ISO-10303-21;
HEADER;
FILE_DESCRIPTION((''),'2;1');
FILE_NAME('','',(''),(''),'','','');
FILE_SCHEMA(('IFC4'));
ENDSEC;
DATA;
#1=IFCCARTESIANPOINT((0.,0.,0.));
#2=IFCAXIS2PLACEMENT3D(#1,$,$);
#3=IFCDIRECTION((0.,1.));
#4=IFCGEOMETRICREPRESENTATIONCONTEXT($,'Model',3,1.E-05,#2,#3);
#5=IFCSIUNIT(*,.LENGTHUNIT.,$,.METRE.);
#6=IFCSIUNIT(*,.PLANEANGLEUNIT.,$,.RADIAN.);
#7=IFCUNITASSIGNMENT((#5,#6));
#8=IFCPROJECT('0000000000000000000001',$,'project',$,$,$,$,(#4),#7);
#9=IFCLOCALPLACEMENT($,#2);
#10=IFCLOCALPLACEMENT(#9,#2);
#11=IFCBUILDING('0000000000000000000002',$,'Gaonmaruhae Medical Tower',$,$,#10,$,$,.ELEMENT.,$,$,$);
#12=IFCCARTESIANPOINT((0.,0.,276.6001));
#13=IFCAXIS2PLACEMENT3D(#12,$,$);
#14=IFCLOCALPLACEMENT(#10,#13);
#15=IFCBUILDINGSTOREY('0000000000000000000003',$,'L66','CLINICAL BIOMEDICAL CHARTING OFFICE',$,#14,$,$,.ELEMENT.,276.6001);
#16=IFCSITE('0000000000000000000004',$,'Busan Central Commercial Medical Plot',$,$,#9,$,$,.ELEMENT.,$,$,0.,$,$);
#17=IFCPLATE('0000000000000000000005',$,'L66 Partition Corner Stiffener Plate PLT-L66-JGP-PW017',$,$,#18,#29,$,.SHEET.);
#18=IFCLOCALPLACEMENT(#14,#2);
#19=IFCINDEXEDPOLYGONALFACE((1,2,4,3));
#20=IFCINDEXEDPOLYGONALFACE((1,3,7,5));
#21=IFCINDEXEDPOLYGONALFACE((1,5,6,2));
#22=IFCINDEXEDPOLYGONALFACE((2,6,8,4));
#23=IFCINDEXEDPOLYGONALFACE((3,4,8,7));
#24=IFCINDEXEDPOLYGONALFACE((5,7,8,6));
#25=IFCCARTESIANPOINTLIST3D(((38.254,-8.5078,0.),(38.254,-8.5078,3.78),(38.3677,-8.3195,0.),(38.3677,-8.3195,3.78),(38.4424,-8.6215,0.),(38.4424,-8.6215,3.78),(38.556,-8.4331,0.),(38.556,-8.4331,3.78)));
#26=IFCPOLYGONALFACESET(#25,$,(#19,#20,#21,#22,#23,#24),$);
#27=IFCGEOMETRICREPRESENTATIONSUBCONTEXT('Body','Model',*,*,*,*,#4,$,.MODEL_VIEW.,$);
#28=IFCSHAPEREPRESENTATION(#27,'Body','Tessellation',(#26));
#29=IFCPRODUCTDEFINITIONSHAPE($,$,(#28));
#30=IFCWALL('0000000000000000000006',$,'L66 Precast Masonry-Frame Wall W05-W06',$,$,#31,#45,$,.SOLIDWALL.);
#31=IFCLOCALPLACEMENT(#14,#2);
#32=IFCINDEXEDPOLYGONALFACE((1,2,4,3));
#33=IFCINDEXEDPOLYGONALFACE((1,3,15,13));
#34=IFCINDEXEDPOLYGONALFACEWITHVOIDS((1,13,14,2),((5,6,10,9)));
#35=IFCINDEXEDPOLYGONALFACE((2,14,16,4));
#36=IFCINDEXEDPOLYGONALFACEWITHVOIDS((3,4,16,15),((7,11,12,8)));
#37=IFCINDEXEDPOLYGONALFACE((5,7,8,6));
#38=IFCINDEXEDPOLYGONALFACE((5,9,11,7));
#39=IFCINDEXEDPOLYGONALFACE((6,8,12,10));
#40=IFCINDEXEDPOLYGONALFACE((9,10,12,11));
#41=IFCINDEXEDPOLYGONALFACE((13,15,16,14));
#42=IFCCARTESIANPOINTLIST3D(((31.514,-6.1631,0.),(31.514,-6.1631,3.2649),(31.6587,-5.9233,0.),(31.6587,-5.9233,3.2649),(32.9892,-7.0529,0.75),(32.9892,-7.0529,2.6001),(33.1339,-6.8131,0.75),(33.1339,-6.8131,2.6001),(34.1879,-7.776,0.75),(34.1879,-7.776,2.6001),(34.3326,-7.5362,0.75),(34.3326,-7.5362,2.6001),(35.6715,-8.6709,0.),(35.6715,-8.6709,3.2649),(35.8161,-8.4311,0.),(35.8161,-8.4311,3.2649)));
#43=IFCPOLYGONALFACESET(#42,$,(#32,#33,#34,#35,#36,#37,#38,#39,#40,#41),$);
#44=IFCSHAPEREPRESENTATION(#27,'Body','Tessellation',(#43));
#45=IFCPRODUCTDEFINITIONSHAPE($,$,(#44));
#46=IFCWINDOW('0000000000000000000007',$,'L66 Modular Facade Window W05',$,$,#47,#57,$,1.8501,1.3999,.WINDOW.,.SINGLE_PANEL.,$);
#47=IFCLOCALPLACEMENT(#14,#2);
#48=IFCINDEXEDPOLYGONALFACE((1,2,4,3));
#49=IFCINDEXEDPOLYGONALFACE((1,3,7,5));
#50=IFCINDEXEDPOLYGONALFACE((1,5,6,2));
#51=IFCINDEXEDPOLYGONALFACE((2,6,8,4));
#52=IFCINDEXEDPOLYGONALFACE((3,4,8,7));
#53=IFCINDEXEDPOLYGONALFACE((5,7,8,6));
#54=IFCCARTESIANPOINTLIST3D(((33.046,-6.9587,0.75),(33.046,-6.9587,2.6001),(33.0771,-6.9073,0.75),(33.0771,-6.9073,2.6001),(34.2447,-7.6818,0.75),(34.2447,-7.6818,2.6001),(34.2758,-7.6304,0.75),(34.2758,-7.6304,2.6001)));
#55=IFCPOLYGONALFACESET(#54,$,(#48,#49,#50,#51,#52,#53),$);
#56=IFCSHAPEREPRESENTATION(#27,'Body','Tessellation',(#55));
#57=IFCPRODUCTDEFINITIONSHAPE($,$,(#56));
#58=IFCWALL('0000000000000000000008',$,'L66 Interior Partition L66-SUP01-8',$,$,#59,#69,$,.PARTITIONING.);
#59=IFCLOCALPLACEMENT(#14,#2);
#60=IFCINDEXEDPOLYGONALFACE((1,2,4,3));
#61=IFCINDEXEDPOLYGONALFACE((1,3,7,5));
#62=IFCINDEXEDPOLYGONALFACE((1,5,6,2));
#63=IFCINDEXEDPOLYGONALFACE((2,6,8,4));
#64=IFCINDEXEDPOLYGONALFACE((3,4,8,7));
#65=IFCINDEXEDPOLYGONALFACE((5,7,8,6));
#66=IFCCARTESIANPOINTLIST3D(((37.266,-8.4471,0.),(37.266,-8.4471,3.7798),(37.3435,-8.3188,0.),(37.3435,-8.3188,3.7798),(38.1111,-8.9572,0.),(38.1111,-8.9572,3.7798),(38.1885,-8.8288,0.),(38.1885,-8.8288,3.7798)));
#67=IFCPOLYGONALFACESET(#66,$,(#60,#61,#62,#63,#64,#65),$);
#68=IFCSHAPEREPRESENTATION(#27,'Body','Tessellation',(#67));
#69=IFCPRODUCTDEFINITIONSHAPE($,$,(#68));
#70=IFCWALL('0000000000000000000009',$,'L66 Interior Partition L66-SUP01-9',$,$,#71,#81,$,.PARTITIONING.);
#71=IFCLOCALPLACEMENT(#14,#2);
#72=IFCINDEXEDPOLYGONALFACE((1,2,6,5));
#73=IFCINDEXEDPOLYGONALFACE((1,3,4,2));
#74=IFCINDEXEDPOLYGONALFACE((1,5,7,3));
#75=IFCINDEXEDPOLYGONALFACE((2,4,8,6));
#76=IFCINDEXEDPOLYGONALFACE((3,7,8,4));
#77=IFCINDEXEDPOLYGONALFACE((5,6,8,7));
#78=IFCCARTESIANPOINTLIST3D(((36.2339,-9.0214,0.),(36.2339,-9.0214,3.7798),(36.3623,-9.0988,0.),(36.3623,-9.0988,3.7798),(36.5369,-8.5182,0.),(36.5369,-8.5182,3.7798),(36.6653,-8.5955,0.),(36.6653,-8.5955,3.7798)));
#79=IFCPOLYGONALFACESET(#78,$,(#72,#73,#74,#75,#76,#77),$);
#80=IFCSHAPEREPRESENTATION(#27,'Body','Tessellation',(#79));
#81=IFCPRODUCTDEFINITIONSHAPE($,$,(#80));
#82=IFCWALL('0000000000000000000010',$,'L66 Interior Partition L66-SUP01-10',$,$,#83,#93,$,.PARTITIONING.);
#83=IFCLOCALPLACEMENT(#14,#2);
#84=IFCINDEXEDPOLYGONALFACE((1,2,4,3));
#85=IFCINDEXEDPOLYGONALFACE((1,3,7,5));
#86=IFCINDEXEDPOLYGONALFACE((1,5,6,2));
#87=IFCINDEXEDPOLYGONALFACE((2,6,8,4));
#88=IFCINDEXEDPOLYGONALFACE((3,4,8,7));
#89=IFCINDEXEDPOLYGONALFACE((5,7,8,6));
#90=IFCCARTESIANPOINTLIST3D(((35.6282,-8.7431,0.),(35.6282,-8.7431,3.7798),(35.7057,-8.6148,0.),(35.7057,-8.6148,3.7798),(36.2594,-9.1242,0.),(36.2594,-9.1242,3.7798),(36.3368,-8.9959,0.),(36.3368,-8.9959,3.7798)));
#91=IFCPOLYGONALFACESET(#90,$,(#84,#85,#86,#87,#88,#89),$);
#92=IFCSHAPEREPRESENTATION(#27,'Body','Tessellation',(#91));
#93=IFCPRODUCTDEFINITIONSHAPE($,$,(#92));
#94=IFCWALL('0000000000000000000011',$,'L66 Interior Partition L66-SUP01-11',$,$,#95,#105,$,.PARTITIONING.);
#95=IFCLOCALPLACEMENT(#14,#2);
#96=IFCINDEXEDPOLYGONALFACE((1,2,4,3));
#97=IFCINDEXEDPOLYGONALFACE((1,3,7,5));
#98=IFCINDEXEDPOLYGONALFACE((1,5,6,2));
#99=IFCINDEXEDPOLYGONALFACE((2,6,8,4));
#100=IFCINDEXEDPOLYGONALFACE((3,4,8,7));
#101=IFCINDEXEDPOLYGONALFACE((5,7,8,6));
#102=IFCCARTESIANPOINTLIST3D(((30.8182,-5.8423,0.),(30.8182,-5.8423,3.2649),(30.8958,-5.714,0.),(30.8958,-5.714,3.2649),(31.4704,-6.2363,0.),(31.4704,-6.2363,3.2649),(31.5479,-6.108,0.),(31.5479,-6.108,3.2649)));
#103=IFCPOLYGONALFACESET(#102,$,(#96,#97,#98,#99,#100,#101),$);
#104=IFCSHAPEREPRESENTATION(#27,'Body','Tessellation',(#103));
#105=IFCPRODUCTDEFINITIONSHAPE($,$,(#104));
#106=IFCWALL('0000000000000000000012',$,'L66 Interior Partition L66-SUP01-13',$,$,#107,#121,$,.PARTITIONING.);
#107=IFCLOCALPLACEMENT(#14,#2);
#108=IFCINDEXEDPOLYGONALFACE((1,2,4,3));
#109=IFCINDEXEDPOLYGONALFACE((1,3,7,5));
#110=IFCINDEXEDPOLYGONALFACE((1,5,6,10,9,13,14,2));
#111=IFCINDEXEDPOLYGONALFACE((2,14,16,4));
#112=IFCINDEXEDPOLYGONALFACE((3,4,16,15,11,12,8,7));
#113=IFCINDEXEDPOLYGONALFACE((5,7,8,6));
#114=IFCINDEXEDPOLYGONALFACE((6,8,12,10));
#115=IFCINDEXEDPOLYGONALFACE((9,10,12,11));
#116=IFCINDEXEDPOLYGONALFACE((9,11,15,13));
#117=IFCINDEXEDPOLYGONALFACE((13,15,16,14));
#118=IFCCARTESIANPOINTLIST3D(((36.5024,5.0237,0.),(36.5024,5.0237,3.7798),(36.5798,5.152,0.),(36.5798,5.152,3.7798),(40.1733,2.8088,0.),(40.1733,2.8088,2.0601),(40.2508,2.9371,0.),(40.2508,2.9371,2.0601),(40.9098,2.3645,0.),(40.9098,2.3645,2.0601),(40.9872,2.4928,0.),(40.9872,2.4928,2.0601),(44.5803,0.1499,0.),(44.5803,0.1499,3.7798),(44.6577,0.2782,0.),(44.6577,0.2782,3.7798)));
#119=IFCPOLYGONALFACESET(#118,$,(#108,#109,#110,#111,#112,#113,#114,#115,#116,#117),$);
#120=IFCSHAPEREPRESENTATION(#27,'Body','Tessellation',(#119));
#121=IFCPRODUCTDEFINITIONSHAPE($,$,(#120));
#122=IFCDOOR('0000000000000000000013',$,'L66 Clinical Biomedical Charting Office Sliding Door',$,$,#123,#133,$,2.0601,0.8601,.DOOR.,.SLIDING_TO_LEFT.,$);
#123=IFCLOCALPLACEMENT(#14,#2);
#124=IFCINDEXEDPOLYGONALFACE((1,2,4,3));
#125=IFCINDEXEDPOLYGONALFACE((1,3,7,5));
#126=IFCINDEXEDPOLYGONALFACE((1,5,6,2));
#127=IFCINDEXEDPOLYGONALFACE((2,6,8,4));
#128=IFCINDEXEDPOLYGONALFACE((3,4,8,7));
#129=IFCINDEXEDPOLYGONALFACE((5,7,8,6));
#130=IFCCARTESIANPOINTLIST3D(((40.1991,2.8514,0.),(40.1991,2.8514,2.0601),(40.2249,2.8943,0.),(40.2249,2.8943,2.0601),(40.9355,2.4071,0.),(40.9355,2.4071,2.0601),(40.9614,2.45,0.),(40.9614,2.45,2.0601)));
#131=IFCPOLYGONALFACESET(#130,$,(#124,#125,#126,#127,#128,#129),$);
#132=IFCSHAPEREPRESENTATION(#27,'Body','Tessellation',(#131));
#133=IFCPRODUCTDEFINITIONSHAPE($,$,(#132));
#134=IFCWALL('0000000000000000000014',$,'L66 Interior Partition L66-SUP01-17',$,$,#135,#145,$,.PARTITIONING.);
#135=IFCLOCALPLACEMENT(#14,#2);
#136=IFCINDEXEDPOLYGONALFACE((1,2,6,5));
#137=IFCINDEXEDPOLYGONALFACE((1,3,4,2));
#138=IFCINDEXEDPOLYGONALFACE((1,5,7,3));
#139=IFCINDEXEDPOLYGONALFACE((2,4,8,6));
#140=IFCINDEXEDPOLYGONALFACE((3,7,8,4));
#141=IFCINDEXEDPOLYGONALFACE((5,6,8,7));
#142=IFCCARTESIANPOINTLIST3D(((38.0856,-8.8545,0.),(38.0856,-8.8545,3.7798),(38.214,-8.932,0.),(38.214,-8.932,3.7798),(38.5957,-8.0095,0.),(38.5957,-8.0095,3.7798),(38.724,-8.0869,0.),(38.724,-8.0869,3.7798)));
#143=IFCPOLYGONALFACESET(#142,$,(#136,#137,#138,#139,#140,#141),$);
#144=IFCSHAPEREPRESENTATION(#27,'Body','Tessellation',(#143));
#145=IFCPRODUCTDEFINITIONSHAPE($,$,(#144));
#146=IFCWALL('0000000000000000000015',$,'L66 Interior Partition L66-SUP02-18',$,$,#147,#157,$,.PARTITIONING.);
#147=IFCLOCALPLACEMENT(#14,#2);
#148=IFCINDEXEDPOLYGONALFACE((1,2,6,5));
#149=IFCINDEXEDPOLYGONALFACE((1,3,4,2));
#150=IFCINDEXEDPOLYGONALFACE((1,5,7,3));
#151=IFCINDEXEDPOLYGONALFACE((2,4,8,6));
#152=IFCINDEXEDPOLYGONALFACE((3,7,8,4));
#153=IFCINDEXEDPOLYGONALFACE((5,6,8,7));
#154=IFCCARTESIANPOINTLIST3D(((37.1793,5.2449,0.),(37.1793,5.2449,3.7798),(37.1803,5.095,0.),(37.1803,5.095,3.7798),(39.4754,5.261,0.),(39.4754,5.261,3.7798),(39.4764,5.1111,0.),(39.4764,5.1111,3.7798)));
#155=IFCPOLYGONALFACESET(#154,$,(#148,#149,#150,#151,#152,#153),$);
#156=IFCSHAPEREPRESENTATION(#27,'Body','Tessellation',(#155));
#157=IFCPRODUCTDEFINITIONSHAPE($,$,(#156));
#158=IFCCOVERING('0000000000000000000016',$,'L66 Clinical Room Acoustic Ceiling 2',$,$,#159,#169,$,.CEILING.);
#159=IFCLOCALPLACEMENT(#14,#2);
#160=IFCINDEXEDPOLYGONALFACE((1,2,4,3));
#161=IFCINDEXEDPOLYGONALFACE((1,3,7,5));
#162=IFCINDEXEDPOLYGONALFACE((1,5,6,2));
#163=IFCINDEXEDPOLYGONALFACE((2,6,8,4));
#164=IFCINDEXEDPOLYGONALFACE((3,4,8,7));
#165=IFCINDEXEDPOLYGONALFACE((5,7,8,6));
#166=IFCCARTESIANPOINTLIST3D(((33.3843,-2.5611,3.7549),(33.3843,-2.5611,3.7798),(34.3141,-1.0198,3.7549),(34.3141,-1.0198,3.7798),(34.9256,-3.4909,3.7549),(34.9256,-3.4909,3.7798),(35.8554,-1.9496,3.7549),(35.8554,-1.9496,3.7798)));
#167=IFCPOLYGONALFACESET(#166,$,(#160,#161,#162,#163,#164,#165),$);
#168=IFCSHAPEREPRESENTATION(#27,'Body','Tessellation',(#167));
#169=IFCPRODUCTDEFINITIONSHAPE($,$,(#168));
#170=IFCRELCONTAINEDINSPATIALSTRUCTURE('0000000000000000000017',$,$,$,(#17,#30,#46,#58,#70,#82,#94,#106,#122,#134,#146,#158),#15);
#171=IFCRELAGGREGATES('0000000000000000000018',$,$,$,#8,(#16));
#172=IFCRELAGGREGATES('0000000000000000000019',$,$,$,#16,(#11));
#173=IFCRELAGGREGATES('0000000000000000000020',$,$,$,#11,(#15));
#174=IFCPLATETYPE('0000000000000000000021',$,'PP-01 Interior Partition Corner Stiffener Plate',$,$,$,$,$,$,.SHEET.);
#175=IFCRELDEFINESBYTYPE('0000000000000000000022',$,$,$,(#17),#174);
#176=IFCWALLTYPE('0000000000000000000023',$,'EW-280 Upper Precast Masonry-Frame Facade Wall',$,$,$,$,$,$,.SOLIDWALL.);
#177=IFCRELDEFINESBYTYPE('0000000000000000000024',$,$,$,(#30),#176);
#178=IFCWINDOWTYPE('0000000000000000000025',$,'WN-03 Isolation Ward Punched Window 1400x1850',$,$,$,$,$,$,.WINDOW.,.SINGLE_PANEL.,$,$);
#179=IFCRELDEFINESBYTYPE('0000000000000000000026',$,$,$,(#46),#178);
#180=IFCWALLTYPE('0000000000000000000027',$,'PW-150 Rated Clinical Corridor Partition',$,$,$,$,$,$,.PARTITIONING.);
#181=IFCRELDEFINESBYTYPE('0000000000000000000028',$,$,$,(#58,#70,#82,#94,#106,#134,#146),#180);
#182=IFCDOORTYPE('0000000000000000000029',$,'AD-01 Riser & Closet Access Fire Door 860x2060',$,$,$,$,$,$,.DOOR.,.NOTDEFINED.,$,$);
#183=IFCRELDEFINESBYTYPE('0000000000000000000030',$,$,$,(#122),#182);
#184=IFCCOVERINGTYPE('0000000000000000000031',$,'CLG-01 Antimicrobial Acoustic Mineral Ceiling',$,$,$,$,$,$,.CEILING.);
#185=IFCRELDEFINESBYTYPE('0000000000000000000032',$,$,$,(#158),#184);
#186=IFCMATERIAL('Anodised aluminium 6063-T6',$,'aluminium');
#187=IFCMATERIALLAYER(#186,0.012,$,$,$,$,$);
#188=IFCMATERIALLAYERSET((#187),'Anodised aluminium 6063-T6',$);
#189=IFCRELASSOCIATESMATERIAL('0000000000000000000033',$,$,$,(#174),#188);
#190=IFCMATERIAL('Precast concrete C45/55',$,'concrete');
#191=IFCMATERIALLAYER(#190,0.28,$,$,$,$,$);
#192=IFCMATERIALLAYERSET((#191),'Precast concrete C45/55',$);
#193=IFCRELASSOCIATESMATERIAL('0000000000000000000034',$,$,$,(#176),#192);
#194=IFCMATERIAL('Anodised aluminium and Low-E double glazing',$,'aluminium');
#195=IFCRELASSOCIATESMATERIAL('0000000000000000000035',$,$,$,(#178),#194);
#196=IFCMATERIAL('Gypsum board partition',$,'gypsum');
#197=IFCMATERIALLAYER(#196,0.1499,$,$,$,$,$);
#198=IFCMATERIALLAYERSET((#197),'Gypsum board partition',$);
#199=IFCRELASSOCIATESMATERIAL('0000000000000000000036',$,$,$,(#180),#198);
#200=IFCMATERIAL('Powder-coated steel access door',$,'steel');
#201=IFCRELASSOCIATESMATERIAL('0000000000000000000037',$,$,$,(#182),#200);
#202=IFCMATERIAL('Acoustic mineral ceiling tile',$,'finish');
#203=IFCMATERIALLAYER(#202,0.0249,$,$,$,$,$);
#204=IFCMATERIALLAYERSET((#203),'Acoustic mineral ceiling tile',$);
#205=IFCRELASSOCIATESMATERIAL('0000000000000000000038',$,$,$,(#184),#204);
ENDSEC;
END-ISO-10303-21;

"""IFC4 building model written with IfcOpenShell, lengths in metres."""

from ifc_helpers import new_model, si_unit, direction, frame, frame_2d, origin, origin_2d, place, context, subcontext, project, spatial, rectangle, extrude, material, layer, layer_set, type_object, element, fill, save


model = new_model("IFC4")

# Units and contexts
model_context = context("Model", 3, precision=1e-05, world=origin(), true_north=direction((0.0, 1.0)))
body_context = subcontext(model_context, "Body", "Model", "MODEL_VIEW")
ifc_project = project(units=[si_unit("LENGTHUNIT", "METRE"), si_unit("PLANEANGLEUNIT", "RADIAN")], contexts=[model_context])

# Site, building, storey
site_placement = place(None, origin())
site = spatial("IfcSite", under=ifc_project, at=site_placement, Name="Busan Central Commercial Medical Plot", CompositionType="ELEMENT", RefElevation=0.0)
building_placement = place(site_placement, origin())
building = spatial("IfcBuilding", under=site, at=building_placement, Name="Gaonmaruhae Medical Tower", CompositionType="ELEMENT")
storey_placement = place(building_placement, frame((0.0, 0.0, 276.6001)))
storey = spatial("IfcBuildingStorey", under=building, at=storey_placement, Name="L66", Description="CLINICAL BIOMEDICAL CHARTING OFFICE", CompositionType="ELEMENT", Elevation=276.6001)

# Plate
ifc_material_1 = material(Name="Anodised aluminium 6063-T6", Category="aluminium")
ifc_layer_1 = layer(ifc_material_1, 0.012)
ifc_layer_set_1 = layer_set([ifc_layer_1], Name="Anodised aluminium 6063-T6")
plate_type = type_object("IfcPlateType", Name="PP-01 Interior Partition Corner Stiffener Plate", PredefinedType="SHEET", material=ifc_layer_set_1)
for number, where, z_axis, x_axis, name in (
    (1, (38.405, -8.4705, 0.0), (0.0, 0.0, 1.0), (-0.516728, -0.85615, 0.0), "L66 Partition Corner Stiffener Plate PLT-L66-JGP-PW017"),
):
    element("IfcPlate", number, at=place(storey_placement, frame(where, z_axis=z_axis, x_axis=x_axis)), inside=storey, type_object=plate_type, Name=name, PredefinedType="SHEET", context=body_context, shape_type="SweptSolid", body=[
        extrude(rectangle(XDim=0.22, YDim=0.22, at=origin_2d()), origin(), (0.0, 0.0, 1.0), 3.78),
    ])

# Wall, opening, window
ifc_material_2 = material(Name="Precast concrete C45/55", Category="concrete")
ifc_layer_2 = layer(ifc_material_2, 0.28)
ifc_layer_set_2 = layer_set([ifc_layer_2], Name="Precast concrete C45/55")
wall_type_1 = type_object("IfcWallType", Name="EW-280 Upper Precast Masonry-Frame Facade Wall", PredefinedType="SOLIDWALL", material=ifc_layer_set_2)
wall_1_placement = place(storey_placement, frame((35.7439, -8.551, 0.0), z_axis=(0.0, 0.0, 1.0), x_axis=(-0.856279, 0.516513, 0.0)))
wall_1 = element("IfcWall", 2, at=wall_1_placement, inside=storey, type_object=wall_type_1, Name="L66 Precast Masonry-Frame Wall W05-W06", PredefinedType="SOLIDWALL", context=body_context, shape_type="SweptSolid", body=[
    extrude(rectangle(XDim=4.8552, YDim=0.28, at=frame_2d((2.4277, 0.0))), origin(), (0.0, 0.0, 1.0), 3.2649),
])
opening_1_placement = place(wall_1_placement, frame((1.7327, 0.0, 0.75)))
opening_1 = element("IfcOpeningElement", 3, at=opening_1_placement, cuts=wall_1, PredefinedType="OPENING", context=body_context, shape_type="SweptSolid", body=[
    extrude(rectangle(XDim=1.3999, YDim=1.8501, at=frame_2d((0.7, 0.925))), frame((0.0, 0.1499, 0.0), z_axis=(0.0, -1.0, 0.0), x_axis=(1.0, 0.0, 0.0)), (0.0, 0.0, 1.0), 0.3),
])
ifc_material_3 = material(Name="Anodised aluminium and Low-E double glazing", Category="aluminium")
window_type = type_object("IfcWindowType", Name="WN-03 Isolation Ward Punched Window 1400x1850", PartitioningType="SINGLE_PANEL", PredefinedType="WINDOW", material=ifc_material_3)
window_placement = place(opening_1_placement, origin())
window = element("IfcWindow", 4, at=window_placement, inside=storey, type_object=window_type, Name="L66 Modular Facade Window W05", OverallHeight=1.8501, OverallWidth=1.3999, PartitioningType="SINGLE_PANEL", PredefinedType="WINDOW", context=body_context, shape_type="SweptSolid", body=[
    extrude(rectangle(XDim=1.3999, YDim=1.8501, at=frame_2d((0.7, 0.925))), frame((0.0, 0.03, 0.0), z_axis=(0.0, -1.0, 0.0), x_axis=(1.0, 0.0, 0.0)), (0.0, 0.0, 1.0), 0.0601),
])
fill(opening_1, window)

# Walls
ifc_material_4 = material(Name="Gypsum board partition", Category="gypsum")
ifc_layer_3 = layer(ifc_material_4, 0.1499)
ifc_layer_set_3 = layer_set([ifc_layer_3], Name="Gypsum board partition")
wall_type_2 = type_object("IfcWallType", Name="PW-150 Rated Clinical Corridor Partition", PredefinedType="PARTITIONING", material=ifc_layer_set_3)
wall_2_placement = place(storey_placement, frame((38.1499, -8.8931, 0.0), z_axis=(0.0, 0.0, 1.0), x_axis=(-0.856137, 0.516749, 0.0)))
element("IfcWall", 5, at=wall_2_placement, inside=storey, type_object=wall_type_2, Name="L66 Interior Partition L66-SUP01-8", PredefinedType="PARTITIONING", context=body_context, shape_type="SweptSolid", body=[
    extrude(rectangle(XDim=0.9871, YDim=0.1499, at=frame_2d((0.4937, 0.0))), origin(), (0.0, 0.0, 1.0), 3.7798),
])
wall_3_placement = place(storey_placement, frame((36.6011, -8.5569, 0.0), z_axis=(0.0, 0.0, 1.0), x_axis=(-0.51584, -0.856685, 0.0)))
element("IfcWall", 6, at=wall_3_placement, inside=storey, type_object=wall_type_2, Name="L66 Interior Partition L66-SUP01-9", PredefinedType="PARTITIONING", context=body_context, shape_type="SweptSolid", body=[
    extrude(rectangle(XDim=0.5874, YDim=0.1499, at=frame_2d((0.2937, 0.0))), origin(), (0.0, 0.0, 1.0), 3.7798),
])
wall_4_placement = place(storey_placement, frame((36.2981, -9.0601, 0.0), z_axis=(0.0, 0.0, 1.0), x_axis=(-0.856029, 0.516929, 0.0)))
element("IfcWall", 7, at=wall_4_placement, inside=storey, type_object=wall_type_2, Name="L66 Interior Partition L66-SUP01-10", PredefinedType="PARTITIONING", context=body_context, shape_type="SweptSolid", body=[
    extrude(rectangle(XDim=0.7373, YDim=0.1499, at=frame_2d((0.3687, 0.0))), origin(), (0.0, 0.0, 1.0), 3.7798),
])
wall_5_placement = place(storey_placement, frame((31.509, -6.1721, 0.0), z_axis=(0.0, 0.0, 1.0), x_axis=(-0.855877, 0.517179, 0.0)))
element("IfcWall", 8, at=wall_5_placement, inside=storey, type_object=wall_type_2, Name="L66 Interior Partition L66-SUP01-11", PredefinedType="PARTITIONING", context=body_context, shape_type="SweptSolid", body=[
    extrude(rectangle(XDim=0.762, YDim=0.1499, at=frame_2d((0.3809, 0.0))), origin(), (0.0, 0.0, 1.0), 3.2649),
])

# Wall, opening, door
wall_6_placement = place(storey_placement, frame((36.541, 5.0879, 0.0), z_axis=(0.0, 0.0, 1.0), x_axis=(0.856225, -0.516602, 0.0)))
wall_6 = element("IfcWall", 9, at=wall_6_placement, inside=storey, type_object=wall_type_2, Name="L66 Interior Partition L66-SUP01-13", PredefinedType="PARTITIONING", context=body_context, shape_type="SweptSolid", body=[
    extrude(rectangle(XDim=9.4343, YDim=0.1499, at=frame_2d((4.7173, 0.0))), origin(), (0.0, 0.0, 1.0), 3.7798),
])
opening_2_placement = place(wall_6_placement, frame((4.2874, 0.0, 0.0)))
opening_2 = element("IfcOpeningElement", 10, at=opening_2_placement, cuts=wall_6, PredefinedType="OPENING", context=body_context, shape_type="SweptSolid", body=[
    extrude(rectangle(XDim=0.8601, YDim=2.0601, at=frame_2d((0.4302, 1.03))), frame((0.0, 0.085, 0.0), z_axis=(0.0, -1.0, 0.0), x_axis=(1.0, 0.0, 0.0)), (0.0, 0.0, 1.0), 0.1699),
])
ifc_material_5 = material(Name="Powder-coated steel access door", Category="steel")
door_type = type_object("IfcDoorType", Name="AD-01 Riser & Closet Access Fire Door 860x2060", OperationType="NOTDEFINED", PredefinedType="DOOR", material=ifc_material_5)
door_placement = place(opening_2_placement, origin())
door = element("IfcDoor", 11, at=door_placement, inside=storey, type_object=door_type, Name="L66 Clinical Biomedical Charting Office Sliding Door", OperationType="SLIDING_TO_LEFT", OverallHeight=2.0601, OverallWidth=0.8601, PredefinedType="DOOR", context=body_context, shape_type="SweptSolid", body=[
    extrude(rectangle(XDim=0.8601, YDim=2.0601, at=frame_2d((0.4302, 1.03))), frame((0.0, 0.0249, 0.0), z_axis=(0.0, -1.0, 0.0), x_axis=(1.0, 0.0, 0.0)), (0.0, 0.0, 1.0), 0.05),
])
fill(opening_2, door)

# Walls
wall_7_placement = place(storey_placement, frame((38.6599, -8.0481, 0.0), z_axis=(0.0, 0.0, 1.0), x_axis=(-0.516749, -0.856137, 0.0)))
element("IfcWall", 12, at=wall_7_placement, inside=storey, type_object=wall_type_2, Name="L66 Interior Partition L66-SUP01-17", PredefinedType="PARTITIONING", context=body_context, shape_type="SweptSolid", body=[
    extrude(rectangle(XDim=0.9871, YDim=0.1499, at=frame_2d((0.4937, 0.0))), origin(), (0.0, 0.0, 1.0), 3.7798),
])
wall_8_placement = place(storey_placement, frame((37.1799, 5.1699, 0.0), z_axis=(0.0, 0.0, 1.0), x_axis=(0.999975, 0.007017, 0.0)))
element("IfcWall", 13, at=wall_8_placement, inside=storey, type_object=wall_type_2, Name="L66 Interior Partition L66-SUP02-18", PredefinedType="PARTITIONING", context=body_context, shape_type="SweptSolid", body=[
    extrude(rectangle(XDim=2.2961, YDim=0.1499, at=frame_2d((1.1479, 0.0))), origin(), (0.0, 0.0, 1.0), 3.7798),
])

# Covering
ifc_material_6 = material(Name="Acoustic mineral ceiling tile", Category="finish")
ifc_layer_4 = layer(ifc_material_6, 0.0249)
ifc_layer_set_4 = layer_set([ifc_layer_4], Name="Acoustic mineral ceiling tile")
covering_type_1 = type_object("IfcCoveringType", Name="CLG-01 Antimicrobial Acoustic Mineral Ceiling", PredefinedType="CEILING", material=ifc_layer_set_4)
covering_1_placement = place(storey_placement, frame((34.6199, -2.2554, 3.7549), z_axis=(0.0, 0.0, 1.0), x_axis=(0.516533, 0.856267, 0.0)))
element("IfcCovering", 14, at=covering_1_placement, inside=storey, type_object=covering_type_1, Name="L66 Clinical Room Acoustic Ceiling 2", PredefinedType="CEILING", context=body_context, shape_type="SweptSolid", body=[
    extrude(rectangle(XDim=1.8, YDim=1.8, at=origin_2d()), origin(), (0.0, 0.0, 1.0), 0.0249),
])

save(model, "model.ifc")
